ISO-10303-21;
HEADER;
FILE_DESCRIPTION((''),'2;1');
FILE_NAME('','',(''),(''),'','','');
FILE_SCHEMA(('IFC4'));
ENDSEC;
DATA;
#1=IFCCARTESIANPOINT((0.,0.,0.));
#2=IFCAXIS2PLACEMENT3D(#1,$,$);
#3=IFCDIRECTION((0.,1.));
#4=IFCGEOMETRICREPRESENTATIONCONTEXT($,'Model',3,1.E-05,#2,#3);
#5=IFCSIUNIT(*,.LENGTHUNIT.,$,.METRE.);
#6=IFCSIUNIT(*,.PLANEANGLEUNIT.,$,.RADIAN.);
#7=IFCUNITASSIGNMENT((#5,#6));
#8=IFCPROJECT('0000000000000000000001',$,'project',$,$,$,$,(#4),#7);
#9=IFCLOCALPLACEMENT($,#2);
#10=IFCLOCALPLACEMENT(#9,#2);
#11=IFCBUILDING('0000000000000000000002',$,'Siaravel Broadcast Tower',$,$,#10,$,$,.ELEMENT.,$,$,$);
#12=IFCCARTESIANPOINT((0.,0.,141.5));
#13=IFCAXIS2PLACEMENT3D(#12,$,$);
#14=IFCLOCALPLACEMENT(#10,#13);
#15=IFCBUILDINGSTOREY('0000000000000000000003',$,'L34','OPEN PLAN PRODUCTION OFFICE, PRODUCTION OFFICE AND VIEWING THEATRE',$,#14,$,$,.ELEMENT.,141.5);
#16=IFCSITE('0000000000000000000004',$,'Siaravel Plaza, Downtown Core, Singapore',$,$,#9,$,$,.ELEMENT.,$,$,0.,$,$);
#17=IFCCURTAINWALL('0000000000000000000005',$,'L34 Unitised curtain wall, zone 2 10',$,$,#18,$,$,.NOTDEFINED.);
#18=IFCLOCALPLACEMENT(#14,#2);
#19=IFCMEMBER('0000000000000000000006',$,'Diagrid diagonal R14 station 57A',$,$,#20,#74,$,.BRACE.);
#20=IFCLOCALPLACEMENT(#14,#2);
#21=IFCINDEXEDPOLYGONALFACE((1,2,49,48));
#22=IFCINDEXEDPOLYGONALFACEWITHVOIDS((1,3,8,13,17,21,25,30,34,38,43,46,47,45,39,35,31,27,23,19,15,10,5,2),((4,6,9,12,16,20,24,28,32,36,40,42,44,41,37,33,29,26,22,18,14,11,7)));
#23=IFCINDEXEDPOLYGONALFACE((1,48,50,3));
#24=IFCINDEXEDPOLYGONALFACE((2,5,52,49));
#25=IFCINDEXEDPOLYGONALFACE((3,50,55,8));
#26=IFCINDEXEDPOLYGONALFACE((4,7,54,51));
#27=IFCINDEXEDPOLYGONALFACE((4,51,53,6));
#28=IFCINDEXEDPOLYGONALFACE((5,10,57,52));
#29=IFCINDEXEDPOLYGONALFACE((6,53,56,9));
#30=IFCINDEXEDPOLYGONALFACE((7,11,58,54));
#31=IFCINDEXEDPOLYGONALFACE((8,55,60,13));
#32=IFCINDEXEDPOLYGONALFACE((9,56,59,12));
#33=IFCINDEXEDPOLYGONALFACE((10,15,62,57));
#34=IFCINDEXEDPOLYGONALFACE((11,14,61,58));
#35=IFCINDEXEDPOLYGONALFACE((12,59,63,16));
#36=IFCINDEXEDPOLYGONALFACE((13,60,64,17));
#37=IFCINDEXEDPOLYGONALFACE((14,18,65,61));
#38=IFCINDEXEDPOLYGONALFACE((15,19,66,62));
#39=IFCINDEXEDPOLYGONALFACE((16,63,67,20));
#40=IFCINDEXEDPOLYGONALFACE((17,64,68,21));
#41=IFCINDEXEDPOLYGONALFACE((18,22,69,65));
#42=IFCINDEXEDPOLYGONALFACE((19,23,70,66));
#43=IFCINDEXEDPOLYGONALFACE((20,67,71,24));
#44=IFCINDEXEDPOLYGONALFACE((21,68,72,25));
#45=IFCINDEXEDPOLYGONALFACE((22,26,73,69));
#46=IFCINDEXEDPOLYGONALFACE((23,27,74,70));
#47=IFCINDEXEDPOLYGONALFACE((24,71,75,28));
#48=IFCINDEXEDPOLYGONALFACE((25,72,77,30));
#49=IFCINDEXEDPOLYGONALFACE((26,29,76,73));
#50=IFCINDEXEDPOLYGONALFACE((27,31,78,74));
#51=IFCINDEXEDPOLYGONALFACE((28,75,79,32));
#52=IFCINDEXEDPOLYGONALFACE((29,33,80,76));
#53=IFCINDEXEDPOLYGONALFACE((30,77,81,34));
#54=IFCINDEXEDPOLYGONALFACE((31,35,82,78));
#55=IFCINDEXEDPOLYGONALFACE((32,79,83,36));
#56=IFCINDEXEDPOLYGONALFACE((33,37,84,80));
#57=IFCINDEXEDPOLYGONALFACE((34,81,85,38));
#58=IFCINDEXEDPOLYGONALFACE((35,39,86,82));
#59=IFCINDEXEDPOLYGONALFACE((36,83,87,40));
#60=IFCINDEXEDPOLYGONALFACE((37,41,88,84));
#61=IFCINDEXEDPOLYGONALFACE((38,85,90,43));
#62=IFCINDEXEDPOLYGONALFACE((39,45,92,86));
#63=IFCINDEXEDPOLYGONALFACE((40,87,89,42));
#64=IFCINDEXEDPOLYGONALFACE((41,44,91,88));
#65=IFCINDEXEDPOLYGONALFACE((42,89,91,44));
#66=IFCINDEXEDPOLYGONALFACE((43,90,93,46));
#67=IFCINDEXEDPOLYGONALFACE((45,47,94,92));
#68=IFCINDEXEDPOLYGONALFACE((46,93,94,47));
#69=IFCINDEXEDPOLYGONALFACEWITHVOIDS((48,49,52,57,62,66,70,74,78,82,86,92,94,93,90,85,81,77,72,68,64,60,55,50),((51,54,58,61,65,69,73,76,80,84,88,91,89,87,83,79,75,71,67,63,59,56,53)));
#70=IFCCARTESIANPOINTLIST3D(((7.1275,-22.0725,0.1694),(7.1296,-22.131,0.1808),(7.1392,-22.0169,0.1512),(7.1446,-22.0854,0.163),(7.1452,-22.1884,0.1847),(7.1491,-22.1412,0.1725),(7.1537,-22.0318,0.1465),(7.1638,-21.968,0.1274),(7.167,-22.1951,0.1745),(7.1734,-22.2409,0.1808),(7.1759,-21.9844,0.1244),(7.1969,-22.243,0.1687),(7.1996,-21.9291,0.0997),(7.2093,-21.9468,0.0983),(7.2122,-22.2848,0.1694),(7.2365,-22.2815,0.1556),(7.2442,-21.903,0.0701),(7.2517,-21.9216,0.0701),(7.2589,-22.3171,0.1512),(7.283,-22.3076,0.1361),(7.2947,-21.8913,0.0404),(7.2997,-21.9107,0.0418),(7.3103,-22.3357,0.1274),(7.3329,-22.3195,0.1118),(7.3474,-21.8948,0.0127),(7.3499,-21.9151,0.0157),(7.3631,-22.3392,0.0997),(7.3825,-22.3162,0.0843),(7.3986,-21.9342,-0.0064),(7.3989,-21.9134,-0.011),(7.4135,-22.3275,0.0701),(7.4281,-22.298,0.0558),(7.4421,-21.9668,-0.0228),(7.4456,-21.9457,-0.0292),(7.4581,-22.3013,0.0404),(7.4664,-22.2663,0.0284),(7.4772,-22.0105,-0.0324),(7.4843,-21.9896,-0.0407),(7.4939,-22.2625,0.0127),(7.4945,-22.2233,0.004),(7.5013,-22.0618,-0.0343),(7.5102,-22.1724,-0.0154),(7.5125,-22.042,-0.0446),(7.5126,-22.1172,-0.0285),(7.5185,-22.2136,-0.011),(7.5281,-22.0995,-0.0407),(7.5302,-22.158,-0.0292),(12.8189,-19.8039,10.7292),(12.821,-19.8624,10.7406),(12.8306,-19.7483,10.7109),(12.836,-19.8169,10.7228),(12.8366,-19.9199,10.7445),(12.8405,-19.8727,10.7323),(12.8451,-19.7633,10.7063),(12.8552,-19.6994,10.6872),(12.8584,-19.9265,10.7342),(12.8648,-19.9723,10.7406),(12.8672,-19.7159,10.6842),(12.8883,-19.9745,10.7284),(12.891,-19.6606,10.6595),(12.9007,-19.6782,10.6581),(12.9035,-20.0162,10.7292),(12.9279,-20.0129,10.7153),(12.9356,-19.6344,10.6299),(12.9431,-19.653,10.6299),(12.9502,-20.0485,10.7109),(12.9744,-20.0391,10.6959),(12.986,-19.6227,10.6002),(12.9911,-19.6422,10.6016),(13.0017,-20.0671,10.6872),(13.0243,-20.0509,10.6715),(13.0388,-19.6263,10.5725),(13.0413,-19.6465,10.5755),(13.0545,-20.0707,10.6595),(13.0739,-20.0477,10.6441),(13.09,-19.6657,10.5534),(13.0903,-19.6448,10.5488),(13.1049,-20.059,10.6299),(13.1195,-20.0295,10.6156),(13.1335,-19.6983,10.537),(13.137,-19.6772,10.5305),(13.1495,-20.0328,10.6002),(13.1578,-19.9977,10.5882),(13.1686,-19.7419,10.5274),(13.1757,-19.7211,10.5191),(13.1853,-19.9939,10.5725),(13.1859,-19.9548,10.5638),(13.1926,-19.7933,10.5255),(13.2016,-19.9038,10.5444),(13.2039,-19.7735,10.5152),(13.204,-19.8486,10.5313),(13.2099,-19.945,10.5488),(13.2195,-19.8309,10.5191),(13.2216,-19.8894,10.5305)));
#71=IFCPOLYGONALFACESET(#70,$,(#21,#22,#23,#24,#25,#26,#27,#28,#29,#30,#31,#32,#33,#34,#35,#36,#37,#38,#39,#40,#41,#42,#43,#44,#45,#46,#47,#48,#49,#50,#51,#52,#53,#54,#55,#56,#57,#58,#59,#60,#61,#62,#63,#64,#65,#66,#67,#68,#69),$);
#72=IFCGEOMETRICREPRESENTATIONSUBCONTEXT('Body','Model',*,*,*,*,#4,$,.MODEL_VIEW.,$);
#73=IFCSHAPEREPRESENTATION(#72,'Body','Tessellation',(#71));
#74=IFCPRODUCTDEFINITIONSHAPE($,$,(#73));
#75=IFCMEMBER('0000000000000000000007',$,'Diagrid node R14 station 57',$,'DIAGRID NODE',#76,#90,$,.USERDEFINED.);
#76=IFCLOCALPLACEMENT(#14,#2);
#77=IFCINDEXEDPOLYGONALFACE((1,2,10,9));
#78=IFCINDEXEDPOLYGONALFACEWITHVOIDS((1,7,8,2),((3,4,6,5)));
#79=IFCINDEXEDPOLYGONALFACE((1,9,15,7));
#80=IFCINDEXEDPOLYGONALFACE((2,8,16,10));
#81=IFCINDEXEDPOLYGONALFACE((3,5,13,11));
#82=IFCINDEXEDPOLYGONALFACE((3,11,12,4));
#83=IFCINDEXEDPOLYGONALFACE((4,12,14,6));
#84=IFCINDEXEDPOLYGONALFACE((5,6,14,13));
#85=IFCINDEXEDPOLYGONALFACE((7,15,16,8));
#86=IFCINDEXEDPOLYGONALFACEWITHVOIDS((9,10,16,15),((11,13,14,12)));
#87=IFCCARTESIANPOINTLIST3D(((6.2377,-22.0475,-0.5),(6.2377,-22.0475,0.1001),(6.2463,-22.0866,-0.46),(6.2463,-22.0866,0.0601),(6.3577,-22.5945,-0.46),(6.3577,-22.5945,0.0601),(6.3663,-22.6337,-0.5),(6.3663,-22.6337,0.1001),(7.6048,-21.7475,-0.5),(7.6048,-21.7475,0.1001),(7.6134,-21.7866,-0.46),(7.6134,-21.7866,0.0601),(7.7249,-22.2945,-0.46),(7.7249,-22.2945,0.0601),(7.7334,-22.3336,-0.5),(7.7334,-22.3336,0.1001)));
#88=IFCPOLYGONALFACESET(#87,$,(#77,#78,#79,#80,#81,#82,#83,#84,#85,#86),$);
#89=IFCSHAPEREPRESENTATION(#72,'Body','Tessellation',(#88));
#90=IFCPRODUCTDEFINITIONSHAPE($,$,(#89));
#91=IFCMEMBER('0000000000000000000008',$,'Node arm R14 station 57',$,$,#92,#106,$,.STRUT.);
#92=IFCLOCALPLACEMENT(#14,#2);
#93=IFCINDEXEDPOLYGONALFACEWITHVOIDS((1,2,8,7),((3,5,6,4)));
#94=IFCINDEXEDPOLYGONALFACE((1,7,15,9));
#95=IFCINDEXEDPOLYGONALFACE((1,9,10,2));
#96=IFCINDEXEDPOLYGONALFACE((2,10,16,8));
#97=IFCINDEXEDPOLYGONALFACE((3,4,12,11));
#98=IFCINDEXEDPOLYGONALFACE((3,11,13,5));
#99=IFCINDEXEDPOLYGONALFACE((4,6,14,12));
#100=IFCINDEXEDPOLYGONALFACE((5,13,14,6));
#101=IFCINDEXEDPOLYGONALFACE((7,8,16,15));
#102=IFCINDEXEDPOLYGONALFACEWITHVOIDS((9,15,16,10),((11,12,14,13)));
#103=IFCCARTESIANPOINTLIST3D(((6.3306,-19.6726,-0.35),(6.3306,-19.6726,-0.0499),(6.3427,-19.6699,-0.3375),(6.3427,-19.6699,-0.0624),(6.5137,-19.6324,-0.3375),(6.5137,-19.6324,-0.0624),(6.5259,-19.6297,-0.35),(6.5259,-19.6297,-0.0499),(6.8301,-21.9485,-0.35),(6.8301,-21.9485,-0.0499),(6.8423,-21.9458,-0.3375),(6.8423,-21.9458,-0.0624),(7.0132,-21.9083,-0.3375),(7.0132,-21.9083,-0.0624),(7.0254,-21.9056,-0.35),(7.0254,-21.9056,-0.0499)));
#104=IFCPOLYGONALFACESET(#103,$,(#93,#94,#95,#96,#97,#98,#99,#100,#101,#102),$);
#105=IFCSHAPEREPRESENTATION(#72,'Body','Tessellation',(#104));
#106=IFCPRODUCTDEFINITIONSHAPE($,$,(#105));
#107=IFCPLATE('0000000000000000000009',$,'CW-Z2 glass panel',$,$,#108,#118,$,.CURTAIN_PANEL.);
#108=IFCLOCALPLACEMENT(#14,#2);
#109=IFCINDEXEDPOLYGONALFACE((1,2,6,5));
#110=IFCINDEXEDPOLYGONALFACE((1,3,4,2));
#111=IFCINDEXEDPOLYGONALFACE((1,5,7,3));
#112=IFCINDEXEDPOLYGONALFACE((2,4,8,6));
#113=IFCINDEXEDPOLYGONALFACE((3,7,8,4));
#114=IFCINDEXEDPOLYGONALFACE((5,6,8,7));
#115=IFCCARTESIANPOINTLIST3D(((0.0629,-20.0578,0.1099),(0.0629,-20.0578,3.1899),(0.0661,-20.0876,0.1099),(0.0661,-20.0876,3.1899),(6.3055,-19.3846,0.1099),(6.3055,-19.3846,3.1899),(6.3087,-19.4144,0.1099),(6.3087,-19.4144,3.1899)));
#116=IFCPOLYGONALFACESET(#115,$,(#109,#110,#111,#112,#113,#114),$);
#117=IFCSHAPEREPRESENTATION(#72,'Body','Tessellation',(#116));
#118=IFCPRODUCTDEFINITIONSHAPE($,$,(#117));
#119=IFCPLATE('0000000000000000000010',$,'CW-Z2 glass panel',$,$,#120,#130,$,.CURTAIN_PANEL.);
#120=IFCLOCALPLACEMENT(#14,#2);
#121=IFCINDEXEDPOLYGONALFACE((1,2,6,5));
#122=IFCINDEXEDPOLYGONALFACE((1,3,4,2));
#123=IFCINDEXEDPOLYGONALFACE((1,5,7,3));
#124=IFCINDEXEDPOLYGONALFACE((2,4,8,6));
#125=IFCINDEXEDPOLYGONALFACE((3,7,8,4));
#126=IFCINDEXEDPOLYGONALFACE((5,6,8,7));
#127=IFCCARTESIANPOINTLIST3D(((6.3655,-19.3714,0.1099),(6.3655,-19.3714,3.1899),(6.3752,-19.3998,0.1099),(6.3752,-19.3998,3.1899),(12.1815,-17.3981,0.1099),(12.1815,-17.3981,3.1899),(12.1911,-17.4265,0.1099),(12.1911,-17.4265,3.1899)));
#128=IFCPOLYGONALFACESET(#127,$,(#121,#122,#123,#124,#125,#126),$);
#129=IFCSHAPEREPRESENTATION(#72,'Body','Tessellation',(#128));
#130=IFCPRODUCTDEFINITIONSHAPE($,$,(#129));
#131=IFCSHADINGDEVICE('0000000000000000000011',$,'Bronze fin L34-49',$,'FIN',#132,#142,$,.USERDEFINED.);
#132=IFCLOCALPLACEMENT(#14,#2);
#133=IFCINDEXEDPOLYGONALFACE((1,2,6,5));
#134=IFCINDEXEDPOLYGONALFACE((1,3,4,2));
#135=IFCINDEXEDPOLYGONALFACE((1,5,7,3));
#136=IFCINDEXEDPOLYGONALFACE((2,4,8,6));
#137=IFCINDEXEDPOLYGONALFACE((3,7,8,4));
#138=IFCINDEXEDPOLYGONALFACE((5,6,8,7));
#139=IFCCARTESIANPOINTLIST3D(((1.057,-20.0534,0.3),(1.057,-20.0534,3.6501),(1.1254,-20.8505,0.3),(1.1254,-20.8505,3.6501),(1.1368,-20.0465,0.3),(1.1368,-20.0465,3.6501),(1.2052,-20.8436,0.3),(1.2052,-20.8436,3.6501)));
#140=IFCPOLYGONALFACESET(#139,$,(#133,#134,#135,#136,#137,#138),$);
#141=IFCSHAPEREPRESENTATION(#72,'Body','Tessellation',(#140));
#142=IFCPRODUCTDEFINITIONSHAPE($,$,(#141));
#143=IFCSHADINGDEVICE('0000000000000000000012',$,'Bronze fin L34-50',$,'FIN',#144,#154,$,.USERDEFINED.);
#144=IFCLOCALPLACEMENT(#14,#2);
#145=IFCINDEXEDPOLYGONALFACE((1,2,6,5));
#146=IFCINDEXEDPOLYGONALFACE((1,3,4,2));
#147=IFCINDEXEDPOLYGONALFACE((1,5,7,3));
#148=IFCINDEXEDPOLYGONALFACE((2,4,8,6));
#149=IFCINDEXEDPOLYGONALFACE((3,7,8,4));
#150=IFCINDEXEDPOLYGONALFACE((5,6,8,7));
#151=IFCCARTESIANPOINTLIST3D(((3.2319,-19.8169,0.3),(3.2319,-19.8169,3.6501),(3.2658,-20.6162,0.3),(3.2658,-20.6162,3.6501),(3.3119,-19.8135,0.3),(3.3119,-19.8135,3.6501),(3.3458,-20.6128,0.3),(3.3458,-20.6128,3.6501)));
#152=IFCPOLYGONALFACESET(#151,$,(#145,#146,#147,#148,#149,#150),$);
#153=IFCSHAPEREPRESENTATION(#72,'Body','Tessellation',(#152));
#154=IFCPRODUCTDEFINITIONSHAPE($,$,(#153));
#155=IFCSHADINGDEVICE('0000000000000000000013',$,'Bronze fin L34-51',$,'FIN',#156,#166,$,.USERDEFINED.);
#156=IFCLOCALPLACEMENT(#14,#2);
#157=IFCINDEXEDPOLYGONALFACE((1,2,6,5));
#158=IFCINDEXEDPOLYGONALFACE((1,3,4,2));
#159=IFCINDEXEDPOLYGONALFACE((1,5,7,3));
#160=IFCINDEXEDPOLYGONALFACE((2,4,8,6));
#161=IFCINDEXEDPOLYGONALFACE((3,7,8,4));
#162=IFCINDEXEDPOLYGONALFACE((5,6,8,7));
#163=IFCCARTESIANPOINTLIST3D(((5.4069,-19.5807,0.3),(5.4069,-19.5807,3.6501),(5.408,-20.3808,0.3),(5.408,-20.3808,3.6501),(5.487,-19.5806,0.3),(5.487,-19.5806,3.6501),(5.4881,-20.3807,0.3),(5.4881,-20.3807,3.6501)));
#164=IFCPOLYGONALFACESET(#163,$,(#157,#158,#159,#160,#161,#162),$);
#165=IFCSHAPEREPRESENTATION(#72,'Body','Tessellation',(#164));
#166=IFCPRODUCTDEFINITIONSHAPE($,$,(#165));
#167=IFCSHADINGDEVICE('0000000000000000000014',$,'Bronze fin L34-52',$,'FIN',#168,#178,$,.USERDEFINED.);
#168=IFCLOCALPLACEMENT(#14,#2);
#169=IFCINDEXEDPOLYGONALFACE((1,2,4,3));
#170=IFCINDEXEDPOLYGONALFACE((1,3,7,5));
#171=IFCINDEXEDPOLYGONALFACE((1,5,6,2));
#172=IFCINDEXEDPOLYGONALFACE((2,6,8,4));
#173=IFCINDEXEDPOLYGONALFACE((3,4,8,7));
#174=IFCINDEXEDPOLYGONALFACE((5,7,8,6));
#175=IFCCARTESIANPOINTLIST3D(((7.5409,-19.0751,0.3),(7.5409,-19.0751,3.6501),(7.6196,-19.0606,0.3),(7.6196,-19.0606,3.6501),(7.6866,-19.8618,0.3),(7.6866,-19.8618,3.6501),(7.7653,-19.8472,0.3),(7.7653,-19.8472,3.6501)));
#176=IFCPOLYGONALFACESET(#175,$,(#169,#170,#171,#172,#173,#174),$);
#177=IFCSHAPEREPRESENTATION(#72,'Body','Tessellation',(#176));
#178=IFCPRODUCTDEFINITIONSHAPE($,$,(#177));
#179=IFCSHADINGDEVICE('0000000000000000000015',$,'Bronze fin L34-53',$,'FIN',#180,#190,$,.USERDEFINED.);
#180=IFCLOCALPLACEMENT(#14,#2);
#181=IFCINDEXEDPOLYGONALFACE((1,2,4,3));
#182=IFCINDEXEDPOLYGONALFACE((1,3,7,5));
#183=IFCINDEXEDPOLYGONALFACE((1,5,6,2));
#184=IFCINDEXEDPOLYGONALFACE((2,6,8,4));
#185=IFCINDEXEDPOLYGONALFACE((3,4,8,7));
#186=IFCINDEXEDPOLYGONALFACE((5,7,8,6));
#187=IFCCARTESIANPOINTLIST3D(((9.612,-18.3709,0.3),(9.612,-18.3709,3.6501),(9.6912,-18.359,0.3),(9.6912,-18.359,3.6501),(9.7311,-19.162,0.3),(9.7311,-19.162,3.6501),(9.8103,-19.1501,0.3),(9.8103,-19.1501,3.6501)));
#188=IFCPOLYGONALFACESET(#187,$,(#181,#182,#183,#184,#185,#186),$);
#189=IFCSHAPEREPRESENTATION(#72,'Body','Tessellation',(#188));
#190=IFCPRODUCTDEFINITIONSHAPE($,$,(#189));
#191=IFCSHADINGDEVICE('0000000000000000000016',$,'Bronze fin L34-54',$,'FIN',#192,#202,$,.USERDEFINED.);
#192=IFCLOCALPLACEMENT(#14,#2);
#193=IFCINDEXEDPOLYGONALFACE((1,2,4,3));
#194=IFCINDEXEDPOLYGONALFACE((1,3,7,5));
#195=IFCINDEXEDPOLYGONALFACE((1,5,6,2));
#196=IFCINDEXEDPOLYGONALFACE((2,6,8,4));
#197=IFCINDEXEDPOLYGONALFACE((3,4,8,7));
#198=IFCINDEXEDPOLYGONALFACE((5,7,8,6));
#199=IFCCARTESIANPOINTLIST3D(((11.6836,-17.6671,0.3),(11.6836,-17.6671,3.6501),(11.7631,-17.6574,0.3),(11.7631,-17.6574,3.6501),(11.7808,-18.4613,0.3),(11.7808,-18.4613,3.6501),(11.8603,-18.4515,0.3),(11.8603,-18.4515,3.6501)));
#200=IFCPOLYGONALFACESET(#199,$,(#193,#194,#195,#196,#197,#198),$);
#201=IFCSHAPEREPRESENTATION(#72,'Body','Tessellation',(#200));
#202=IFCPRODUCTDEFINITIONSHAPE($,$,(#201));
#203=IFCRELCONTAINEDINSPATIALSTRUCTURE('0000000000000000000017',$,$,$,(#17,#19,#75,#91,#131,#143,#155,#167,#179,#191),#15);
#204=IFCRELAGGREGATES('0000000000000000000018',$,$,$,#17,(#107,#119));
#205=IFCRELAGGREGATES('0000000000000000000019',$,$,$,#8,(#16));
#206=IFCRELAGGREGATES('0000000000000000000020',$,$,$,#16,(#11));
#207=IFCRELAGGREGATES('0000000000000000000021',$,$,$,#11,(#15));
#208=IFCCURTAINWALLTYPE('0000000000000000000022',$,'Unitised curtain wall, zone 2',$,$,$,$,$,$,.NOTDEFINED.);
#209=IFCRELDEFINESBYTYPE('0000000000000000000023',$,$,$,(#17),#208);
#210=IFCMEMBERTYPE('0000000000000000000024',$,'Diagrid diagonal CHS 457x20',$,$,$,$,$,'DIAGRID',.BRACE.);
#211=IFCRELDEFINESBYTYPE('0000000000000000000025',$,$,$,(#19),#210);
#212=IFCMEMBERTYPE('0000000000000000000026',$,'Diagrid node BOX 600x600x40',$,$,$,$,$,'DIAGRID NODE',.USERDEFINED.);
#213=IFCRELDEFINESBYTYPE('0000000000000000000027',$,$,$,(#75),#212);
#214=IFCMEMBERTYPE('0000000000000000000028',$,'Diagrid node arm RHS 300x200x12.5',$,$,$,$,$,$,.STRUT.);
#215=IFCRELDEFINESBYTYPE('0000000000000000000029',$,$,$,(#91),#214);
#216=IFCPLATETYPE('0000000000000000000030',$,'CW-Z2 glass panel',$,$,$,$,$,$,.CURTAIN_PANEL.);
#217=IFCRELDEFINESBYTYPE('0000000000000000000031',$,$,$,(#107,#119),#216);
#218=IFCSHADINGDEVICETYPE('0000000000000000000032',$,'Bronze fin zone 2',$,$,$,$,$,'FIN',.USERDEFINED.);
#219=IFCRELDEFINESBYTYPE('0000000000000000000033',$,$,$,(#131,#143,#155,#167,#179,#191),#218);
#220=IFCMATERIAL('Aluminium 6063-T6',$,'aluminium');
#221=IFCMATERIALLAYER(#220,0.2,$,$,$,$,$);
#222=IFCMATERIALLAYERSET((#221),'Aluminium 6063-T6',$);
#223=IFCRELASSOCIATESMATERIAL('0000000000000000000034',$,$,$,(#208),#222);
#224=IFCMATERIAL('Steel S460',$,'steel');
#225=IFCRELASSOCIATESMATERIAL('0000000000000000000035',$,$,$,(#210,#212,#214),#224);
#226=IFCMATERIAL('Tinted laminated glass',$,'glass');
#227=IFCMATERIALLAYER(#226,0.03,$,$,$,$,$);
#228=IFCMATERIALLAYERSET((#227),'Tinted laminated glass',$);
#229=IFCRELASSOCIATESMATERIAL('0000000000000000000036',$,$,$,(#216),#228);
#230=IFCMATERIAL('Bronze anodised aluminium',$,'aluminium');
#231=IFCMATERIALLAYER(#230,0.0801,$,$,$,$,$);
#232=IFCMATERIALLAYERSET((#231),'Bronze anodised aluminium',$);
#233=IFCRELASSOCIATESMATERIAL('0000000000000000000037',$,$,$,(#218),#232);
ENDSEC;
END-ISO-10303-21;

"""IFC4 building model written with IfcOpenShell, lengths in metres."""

from ifc_helpers import new_model, si_unit, direction, frame, origin, origin_2d, place, context, subcontext, project, spatial, rectangle, hollow_rectangle, hollow_circle, extrude, material, layer, layer_set, material_profile, profile_set, type_object, element, aggregate, save


model = new_model("IFC4")

# Units and contexts
model_context = context("Model", 3, precision=1e-05, world=origin(), true_north=direction((0.0, 1.0)))
body_context = subcontext(model_context, "Body", "Model", "MODEL_VIEW")
ifc_project = project(units=[si_unit("LENGTHUNIT", "METRE"), si_unit("PLANEANGLEUNIT", "RADIAN")], contexts=[model_context])

# Site, building, storey
site_placement = place(None, origin())
site = spatial("IfcSite", under=ifc_project, at=site_placement, Name="Siaravel Plaza, Downtown Core, Singapore", CompositionType="ELEMENT", RefElevation=0.0)
building_placement = place(site_placement, origin())
building = spatial("IfcBuilding", under=site, at=building_placement, Name="Siaravel Broadcast Tower", CompositionType="ELEMENT")
storey_placement = place(building_placement, frame((0.0, 0.0, 141.5)))
storey = spatial("IfcBuildingStorey", under=building, at=storey_placement, Name="L34", Description="OPEN PLAN PRODUCTION OFFICE, PRODUCTION OFFICE AND VIEWING THEATRE", CompositionType="ELEMENT", Elevation=141.5)

# Curtain wall
ifc_material_1 = material(Name="Aluminium 6063-T6", Category="aluminium")
ifc_layer_1 = layer(ifc_material_1, 0.2)
ifc_layer_set_1 = layer_set([ifc_layer_1], Name="Aluminium 6063-T6")
curtain_wall_type = type_object("IfcCurtainWallType", Name="Unitised curtain wall, zone 2", PredefinedType="NOTDEFINED", material=ifc_layer_set_1)
curtain_wall_1_placement = place(storey_placement, origin())
curtain_wall_1 = element("IfcCurtainWall", 1, at=curtain_wall_1_placement, inside=storey, type_object=curtain_wall_type, Name="L34 Unitised curtain wall, zone 2 10", PredefinedType="NOTDEFINED")

# Members
ifc_material_2 = material(Name="Steel S460", Category="steel")
ifc_material_profile_1 = material_profile(ifc_material_2, hollow_circle(Radius=0.2285, WallThickness=0.02, at=origin_2d()))
ifc_profile_set_1 = profile_set([ifc_material_profile_1], Name="Steel S460")
member_type_1 = type_object("IfcMemberType", Name="Diagrid diagonal CHS 457x20", ElementType="DIAGRID", PredefinedType="BRACE", material=ifc_profile_set_1)
member_1_placement = place(storey_placement, frame((7.3289, -22.1152, 0.0701), z_axis=(0.466183, 0.185817, 0.864954), x_axis=(-0.370264, 0.928927, 0.0)))
element("IfcMember", 2, at=member_1_placement, inside=storey, type_object=member_type_1, Name="Diagrid diagonal R14 station 57A", PredefinedType="BRACE", context=body_context, shape_type="SweptSolid", body=[
    extrude(hollow_circle(Radius=0.2285, WallThickness=0.02, at=origin_2d()), origin(), (0.0, 0.0, 1.0), 12.2085),
])
ifc_material_profile_2 = material_profile(ifc_material_2, hollow_rectangle(XDim=0.6001, YDim=0.6001, WallThickness=0.04, at=origin_2d()))
ifc_profile_set_2 = profile_set([ifc_material_profile_2], Name="Steel S460")
member_type_2 = type_object("IfcMemberType", Name="Diagrid node BOX 600x600x40", ElementType="DIAGRID NODE", PredefinedType="USERDEFINED", material=ifc_profile_set_2)
member_2_placement = place(storey_placement, frame((6.302, -22.3406, -0.2), z_axis=(0.976754, 0.214363, 0.0), x_axis=(-0.214363, 0.976754, 0.0)))
element("IfcMember", 3, at=member_2_placement, inside=storey, type_object=member_type_2, Name="Diagrid node R14 station 57", ObjectType="DIAGRID NODE", PredefinedType="USERDEFINED", context=body_context, shape_type="SweptSolid", body=[
    extrude(hollow_rectangle(XDim=0.6001, YDim=0.6001, WallThickness=0.04, at=origin_2d()), origin(), (0.0, 0.0, 1.0), 1.3997),
])
ifc_material_profile_3 = material_profile(ifc_material_2, hollow_rectangle(XDim=0.2, YDim=0.3, WallThickness=0.0125, at=origin_2d()))
ifc_profile_set_3 = profile_set([ifc_material_profile_3], Name="Steel S460")
member_type_3 = type_object("IfcMemberType", Name="Diagrid node arm RHS 300x200x12.5", PredefinedType="STRUT", material=ifc_profile_set_3)
member_3_placement = place(storey_placement, frame((6.4282, -19.6511, -0.2), z_axis=(0.214378, -0.976751, 0.0), x_axis=(0.976751, 0.214378, 0.0)))
element("IfcMember", 4, at=member_3_placement, inside=storey, type_object=member_type_3, Name="Node arm R14 station 57", PredefinedType="STRUT", context=body_context, shape_type="SweptSolid", body=[
    extrude(hollow_rectangle(XDim=0.2, YDim=0.3, WallThickness=0.0125, at=origin_2d()), origin(), (0.0, 0.0, 1.0), 2.3301),
])

# Plates
ifc_material_3 = material(Name="Tinted laminated glass", Category="glass")
ifc_layer_2 = layer(ifc_material_3, 0.03)
ifc_layer_set_2 = layer_set([ifc_layer_2], Name="Tinted laminated glass")
plate_type = type_object("IfcPlateType", Name="CW-Z2 glass panel", PredefinedType="CURTAIN_PANEL", material=ifc_layer_set_2)
plate_1_placement = place(storey_placement, frame((3.1858, -19.7361, 0.1099), z_axis=(0.0, 0.0, 1.0), x_axis=(0.994236, 0.107218, 0.0)))
plate_1 = element("IfcPlate", 5, at=plate_1_placement, type_object=plate_type, Name="CW-Z2 glass panel", PredefinedType="CURTAIN_PANEL", context=body_context, shape_type="SweptSolid", body=[
    extrude(rectangle(XDim=6.2788, YDim=0.03, at=origin_2d()), origin(), (0.0, 0.0, 1.0), 3.0801),
])
plate_2_placement = place(storey_placement, frame((9.2783, -18.3989, 0.1099), z_axis=(0.0, 0.0, 1.0), x_axis=(0.946977, 0.321301, 0.0)))
plate_2 = element("IfcPlate", 6, at=plate_2_placement, type_object=plate_type, Name="CW-Z2 glass panel", PredefinedType="CURTAIN_PANEL", context=body_context, shape_type="SweptSolid", body=[
    extrude(rectangle(XDim=6.1416, YDim=0.03, at=origin_2d()), origin(), (0.0, 0.0, 1.0), 3.0801),
])
aggregate(curtain_wall_1, [plate_1, plate_2])

# Shading devices
ifc_material_4 = material(Name="Bronze anodised aluminium", Category="aluminium")
ifc_layer_3 = layer(ifc_material_4, 0.0801)
ifc_layer_set_3 = layer_set([ifc_layer_3], Name="Bronze anodised aluminium")
shading_device_type = type_object("IfcShadingDeviceType", Name="Bronze fin zone 2", ElementType="FIN", PredefinedType="USERDEFINED", material=ifc_layer_set_3)
for number, where, z_axis, x_axis, name in (
    (7, (1.1311, -20.4485, 0.3), (0.0, 0.0, 1.0), (0.085556, -0.996333, 0.0), "Bronze fin L34-49"),
    (8, (3.2888, -20.2148, 0.3), (0.0, 0.0, 1.0), (0.042406, -0.9991, 0.0), "Bronze fin L34-50"),
    (9, (5.4475, -19.9807, 0.3), (0.0, 0.0, 1.0), (0.001307, -0.999999, 0.0), "Bronze fin L34-51"),
    (10, (7.6531, -19.4612, 0.3), (0.0, 0.0, 1.0), (0.182131, -0.983274, 0.0), "Bronze fin L34-52"),
    (11, (9.7112, -18.7605, 0.3), (0.0, 0.0, 1.0), (0.148867, -0.988857, 0.0), "Bronze fin L34-53"),
    (12, (11.772, -18.0593, 0.3), (0.0, 0.0, 1.0), (0.121469, -0.992595, 0.0), "Bronze fin L34-54"),
):
    element("IfcShadingDevice", number, at=place(storey_placement, frame(where, z_axis=z_axis, x_axis=x_axis)), inside=storey, type_object=shading_device_type, Name=name, ObjectType="FIN", PredefinedType="USERDEFINED", context=body_context, shape_type="SweptSolid", body=[
        extrude(rectangle(XDim=0.8, YDim=0.0801, at=origin_2d()), origin(), (0.0, 0.0, 1.0), 3.3501),
    ])

save(model, "model.ifc")
